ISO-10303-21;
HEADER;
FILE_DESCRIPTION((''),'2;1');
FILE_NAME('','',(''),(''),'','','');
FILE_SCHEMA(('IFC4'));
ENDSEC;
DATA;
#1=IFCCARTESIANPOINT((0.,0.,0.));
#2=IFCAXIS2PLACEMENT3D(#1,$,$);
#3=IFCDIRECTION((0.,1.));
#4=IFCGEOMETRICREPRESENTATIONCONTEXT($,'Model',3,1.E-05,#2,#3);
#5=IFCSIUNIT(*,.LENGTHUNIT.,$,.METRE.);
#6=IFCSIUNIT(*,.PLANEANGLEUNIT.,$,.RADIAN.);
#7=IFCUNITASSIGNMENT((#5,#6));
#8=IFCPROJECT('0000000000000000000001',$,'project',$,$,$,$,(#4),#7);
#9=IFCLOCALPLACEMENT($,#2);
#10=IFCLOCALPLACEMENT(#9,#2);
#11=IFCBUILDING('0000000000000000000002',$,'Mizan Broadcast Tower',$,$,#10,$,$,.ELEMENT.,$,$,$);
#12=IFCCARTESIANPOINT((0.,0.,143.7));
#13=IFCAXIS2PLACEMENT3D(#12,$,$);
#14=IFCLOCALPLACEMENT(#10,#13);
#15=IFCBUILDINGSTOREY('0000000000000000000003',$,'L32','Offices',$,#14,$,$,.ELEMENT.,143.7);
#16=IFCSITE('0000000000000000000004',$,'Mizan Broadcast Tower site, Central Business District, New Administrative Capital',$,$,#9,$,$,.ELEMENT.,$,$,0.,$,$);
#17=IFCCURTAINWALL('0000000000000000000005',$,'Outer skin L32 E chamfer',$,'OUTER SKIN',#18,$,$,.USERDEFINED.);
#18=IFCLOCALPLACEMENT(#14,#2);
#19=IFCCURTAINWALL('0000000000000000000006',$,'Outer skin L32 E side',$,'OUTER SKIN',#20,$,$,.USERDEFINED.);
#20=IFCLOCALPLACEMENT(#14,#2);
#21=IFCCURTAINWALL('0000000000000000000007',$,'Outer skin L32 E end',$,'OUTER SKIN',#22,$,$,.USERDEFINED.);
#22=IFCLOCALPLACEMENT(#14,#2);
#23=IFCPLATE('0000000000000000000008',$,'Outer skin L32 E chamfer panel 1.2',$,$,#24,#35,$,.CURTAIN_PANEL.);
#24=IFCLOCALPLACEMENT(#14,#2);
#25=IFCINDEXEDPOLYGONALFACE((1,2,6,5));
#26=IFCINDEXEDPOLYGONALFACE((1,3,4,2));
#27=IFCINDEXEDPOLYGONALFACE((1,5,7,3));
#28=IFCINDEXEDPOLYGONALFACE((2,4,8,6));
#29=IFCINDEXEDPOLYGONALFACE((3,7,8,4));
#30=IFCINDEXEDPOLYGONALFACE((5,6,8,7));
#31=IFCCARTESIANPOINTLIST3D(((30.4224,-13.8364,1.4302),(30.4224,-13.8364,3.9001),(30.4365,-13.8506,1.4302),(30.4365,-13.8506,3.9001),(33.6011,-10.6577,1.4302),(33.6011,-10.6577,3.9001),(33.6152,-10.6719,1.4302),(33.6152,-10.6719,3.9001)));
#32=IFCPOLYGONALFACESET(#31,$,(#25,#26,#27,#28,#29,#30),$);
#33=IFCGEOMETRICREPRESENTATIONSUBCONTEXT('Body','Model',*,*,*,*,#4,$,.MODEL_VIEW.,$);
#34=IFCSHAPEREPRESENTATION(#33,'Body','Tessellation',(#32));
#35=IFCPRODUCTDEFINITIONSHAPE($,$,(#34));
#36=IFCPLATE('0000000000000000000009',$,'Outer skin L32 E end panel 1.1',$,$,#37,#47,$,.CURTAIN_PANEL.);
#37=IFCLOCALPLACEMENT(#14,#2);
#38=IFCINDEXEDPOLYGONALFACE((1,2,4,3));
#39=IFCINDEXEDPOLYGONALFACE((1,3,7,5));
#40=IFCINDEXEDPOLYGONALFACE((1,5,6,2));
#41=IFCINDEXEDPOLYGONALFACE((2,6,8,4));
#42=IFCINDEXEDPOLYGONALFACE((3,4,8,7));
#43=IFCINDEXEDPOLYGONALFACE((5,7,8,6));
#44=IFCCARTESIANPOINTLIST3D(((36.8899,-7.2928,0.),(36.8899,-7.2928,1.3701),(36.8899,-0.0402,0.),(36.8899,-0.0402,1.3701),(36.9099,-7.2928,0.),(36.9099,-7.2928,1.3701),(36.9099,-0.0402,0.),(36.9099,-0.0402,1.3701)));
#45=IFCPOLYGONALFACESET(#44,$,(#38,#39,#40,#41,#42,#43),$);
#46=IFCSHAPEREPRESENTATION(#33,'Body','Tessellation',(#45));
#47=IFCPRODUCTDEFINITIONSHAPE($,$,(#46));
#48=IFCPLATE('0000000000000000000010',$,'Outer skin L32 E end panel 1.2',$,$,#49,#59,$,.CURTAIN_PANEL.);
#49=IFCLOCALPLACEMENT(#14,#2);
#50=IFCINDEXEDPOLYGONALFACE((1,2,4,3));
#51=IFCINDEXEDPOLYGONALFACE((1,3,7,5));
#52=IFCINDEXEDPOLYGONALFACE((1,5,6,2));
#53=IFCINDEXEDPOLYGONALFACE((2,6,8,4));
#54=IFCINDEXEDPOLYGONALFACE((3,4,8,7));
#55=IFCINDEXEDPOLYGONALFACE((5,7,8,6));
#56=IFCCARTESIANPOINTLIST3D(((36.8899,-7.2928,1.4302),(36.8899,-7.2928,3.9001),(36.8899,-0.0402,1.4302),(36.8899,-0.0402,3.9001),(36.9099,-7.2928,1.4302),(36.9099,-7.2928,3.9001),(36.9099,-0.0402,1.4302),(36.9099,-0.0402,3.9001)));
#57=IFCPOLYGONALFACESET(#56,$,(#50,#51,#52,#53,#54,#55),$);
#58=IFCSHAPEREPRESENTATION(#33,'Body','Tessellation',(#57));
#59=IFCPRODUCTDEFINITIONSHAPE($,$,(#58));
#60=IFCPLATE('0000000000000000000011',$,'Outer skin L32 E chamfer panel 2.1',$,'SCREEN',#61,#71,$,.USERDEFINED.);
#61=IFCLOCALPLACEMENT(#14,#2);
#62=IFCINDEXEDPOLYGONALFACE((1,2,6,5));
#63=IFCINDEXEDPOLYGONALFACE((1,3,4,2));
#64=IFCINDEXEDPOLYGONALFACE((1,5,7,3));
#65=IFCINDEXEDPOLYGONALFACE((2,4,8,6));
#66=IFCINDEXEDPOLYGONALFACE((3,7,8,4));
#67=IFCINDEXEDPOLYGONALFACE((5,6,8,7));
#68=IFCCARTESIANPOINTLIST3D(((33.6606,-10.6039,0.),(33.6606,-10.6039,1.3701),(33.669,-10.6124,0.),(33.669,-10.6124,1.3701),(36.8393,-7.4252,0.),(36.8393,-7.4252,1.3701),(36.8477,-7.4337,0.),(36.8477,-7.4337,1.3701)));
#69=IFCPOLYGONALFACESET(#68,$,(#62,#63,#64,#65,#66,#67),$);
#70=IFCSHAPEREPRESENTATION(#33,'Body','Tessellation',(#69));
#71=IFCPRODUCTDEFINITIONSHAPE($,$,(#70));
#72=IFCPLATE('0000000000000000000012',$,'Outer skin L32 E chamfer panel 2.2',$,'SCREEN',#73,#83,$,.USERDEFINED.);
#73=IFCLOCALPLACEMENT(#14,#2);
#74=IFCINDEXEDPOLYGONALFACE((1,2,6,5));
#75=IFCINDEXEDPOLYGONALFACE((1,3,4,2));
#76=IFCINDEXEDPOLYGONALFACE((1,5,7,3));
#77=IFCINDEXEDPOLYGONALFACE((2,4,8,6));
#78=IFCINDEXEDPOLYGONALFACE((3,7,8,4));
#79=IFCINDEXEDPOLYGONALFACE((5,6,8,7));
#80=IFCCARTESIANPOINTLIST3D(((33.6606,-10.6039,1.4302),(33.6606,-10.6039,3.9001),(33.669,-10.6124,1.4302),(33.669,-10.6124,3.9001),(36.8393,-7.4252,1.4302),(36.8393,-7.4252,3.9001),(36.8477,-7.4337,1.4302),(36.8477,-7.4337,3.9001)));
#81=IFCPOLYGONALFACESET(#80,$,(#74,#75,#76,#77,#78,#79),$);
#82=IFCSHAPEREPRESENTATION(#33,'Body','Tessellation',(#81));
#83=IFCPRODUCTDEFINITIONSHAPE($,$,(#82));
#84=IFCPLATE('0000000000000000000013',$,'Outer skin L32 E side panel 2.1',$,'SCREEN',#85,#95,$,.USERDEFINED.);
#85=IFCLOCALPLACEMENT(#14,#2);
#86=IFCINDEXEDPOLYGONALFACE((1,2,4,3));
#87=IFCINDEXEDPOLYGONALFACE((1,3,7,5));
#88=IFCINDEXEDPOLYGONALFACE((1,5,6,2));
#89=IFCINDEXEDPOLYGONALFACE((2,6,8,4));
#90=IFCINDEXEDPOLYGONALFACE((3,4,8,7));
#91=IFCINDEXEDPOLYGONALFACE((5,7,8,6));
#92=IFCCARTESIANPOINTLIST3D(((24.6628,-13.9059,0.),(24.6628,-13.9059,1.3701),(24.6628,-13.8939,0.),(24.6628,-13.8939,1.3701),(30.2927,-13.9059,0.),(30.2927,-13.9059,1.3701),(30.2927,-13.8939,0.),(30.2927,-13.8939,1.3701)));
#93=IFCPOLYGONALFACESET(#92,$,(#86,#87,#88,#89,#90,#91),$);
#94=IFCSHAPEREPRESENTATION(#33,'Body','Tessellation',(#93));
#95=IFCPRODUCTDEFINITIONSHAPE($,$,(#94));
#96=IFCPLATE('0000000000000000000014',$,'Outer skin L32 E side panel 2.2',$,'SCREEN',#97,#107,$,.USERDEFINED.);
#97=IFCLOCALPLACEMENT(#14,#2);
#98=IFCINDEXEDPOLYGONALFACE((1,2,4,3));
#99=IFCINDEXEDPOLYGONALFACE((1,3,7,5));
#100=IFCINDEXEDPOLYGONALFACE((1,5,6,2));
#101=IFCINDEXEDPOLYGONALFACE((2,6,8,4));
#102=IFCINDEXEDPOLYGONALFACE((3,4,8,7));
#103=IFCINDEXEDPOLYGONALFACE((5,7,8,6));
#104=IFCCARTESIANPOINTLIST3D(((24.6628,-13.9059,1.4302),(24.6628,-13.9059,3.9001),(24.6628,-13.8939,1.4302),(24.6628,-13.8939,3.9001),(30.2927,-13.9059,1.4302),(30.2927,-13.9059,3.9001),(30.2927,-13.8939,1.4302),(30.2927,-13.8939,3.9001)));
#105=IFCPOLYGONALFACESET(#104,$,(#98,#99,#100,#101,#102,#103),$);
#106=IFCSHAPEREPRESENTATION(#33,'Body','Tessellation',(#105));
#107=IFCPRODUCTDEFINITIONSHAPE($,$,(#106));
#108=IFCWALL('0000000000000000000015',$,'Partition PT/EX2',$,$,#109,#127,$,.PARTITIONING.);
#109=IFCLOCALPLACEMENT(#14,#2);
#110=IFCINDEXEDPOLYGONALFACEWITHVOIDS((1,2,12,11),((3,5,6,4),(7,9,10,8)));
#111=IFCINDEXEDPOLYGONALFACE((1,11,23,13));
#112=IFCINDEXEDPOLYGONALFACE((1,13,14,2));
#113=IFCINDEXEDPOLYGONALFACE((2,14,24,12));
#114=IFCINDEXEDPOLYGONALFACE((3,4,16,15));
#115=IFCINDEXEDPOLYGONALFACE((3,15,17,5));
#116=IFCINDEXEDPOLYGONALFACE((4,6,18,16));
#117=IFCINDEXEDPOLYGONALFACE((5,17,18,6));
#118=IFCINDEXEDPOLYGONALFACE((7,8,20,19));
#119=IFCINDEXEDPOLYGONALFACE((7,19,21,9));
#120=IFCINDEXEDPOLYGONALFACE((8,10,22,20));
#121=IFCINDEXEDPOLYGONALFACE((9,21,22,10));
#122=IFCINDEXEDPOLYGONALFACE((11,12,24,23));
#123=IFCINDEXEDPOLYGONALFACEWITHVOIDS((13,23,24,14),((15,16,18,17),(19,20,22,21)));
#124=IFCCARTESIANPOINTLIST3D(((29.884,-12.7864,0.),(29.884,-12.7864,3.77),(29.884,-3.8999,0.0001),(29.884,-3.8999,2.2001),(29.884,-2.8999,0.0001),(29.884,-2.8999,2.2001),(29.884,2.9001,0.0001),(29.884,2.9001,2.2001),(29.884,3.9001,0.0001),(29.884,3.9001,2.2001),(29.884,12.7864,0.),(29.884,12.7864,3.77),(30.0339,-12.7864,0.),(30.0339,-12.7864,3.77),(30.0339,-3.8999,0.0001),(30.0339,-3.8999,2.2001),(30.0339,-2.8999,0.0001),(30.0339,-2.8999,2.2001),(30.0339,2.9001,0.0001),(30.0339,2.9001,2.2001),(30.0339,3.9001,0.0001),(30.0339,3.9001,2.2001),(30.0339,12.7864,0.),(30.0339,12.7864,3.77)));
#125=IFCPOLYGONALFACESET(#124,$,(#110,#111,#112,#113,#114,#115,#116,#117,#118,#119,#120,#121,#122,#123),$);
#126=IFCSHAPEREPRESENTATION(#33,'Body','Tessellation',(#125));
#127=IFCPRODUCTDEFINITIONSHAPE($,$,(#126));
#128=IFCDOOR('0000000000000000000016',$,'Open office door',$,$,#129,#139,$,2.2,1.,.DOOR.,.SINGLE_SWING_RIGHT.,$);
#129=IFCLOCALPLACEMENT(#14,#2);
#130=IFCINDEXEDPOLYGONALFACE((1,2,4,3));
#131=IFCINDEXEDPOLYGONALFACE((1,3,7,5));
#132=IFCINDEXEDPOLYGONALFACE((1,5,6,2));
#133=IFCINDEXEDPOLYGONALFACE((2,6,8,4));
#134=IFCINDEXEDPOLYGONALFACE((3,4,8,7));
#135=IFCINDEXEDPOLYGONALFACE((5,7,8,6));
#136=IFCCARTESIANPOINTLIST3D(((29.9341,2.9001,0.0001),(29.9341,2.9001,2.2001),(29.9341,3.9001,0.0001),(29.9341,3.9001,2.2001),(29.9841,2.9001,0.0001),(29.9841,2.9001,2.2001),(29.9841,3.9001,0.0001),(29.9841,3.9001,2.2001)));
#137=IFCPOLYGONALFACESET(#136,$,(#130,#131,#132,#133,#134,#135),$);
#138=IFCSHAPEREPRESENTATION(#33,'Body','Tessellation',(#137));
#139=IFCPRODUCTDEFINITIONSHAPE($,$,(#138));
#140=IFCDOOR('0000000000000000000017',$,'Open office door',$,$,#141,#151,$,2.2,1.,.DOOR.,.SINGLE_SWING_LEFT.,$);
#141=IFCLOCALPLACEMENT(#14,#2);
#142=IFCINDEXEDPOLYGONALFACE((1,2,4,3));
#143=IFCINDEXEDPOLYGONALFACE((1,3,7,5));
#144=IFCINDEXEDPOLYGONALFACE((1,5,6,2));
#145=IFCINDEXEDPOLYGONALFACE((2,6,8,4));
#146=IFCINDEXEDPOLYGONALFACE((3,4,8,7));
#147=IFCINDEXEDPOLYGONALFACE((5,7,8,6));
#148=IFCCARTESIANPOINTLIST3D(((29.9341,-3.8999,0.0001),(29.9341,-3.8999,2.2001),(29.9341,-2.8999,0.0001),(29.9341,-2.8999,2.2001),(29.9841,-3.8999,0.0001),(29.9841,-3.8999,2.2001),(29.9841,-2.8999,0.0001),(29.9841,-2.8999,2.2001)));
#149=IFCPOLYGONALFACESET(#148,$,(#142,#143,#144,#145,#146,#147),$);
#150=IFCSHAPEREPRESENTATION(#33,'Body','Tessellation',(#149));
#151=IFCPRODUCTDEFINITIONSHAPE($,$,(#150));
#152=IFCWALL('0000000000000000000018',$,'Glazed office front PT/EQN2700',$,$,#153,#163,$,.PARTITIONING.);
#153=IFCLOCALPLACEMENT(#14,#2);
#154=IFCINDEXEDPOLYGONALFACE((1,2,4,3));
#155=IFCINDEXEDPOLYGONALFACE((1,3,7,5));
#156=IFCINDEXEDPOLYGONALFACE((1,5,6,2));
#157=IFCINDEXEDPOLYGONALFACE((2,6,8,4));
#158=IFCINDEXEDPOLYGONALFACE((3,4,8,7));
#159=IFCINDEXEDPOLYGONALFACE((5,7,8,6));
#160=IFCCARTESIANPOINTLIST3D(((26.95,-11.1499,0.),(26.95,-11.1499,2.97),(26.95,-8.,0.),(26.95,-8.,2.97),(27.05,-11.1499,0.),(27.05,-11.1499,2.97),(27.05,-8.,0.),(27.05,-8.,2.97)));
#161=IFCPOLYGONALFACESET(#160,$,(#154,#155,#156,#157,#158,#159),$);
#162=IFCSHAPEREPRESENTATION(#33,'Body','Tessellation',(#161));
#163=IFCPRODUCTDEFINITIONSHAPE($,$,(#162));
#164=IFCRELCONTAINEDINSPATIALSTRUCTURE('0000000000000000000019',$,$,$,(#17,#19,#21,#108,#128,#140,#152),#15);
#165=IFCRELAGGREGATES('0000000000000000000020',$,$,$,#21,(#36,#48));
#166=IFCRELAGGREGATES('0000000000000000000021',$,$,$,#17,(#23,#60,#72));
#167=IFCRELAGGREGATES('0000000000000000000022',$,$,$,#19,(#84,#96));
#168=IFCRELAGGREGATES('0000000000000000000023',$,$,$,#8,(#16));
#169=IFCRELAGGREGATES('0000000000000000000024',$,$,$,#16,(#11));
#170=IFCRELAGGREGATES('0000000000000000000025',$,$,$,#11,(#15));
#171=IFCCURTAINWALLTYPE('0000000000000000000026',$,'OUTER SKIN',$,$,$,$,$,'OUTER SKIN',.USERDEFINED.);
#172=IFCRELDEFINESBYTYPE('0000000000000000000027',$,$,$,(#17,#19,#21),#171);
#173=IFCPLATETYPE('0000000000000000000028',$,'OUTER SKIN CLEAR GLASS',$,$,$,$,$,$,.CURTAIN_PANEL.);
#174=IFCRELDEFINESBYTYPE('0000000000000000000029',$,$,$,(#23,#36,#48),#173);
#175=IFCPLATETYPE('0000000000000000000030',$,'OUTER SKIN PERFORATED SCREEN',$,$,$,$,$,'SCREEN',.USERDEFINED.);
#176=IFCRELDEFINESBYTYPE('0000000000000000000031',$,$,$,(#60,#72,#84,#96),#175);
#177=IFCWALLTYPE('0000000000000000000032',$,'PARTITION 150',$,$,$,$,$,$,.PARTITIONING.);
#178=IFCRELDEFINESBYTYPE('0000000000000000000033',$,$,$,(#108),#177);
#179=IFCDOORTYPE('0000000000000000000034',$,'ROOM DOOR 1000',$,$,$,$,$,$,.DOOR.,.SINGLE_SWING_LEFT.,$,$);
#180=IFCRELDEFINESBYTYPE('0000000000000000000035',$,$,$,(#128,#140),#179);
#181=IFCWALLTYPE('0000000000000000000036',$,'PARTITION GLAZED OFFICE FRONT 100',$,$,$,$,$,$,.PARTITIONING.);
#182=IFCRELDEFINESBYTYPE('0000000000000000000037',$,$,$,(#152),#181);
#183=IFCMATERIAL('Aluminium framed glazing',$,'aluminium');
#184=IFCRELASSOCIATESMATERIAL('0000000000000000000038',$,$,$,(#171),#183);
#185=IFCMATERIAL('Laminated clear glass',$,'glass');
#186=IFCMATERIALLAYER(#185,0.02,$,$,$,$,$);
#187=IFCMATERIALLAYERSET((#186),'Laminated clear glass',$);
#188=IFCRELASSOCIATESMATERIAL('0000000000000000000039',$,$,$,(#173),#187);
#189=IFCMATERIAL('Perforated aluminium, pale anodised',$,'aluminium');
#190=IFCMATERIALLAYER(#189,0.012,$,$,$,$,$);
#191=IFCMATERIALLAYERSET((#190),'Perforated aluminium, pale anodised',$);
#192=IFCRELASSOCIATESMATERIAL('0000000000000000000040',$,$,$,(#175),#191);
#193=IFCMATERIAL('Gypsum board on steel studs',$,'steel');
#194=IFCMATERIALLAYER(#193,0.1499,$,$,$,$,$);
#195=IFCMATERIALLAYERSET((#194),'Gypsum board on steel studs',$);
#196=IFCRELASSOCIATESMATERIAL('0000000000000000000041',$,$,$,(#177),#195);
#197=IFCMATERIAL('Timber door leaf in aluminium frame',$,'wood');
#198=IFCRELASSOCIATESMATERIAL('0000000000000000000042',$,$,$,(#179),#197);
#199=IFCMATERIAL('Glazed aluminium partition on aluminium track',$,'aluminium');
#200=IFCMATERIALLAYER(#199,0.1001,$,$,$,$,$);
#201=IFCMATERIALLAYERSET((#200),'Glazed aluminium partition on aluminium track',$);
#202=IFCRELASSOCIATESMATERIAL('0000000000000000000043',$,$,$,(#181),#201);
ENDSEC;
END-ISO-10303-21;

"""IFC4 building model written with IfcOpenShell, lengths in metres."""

from ifc_helpers import new_model, si_unit, direction, frame, frame_2d, origin, origin_2d, place, context, subcontext, project, spatial, rectangle, extrude, material, layer, layer_set, type_object, element, fill, aggregate, save


model = new_model("IFC4")

# Units and contexts
model_context = context("Model", 3, precision=1e-05, world=origin(), true_north=direction((0.0, 1.0)))
body_context = subcontext(model_context, "Body", "Model", "MODEL_VIEW")
ifc_project = project(units=[si_unit("LENGTHUNIT", "METRE"), si_unit("PLANEANGLEUNIT", "RADIAN")], contexts=[model_context])

# Site, building, storey
site_placement = place(None, origin())
site = spatial("IfcSite", under=ifc_project, at=site_placement, Name="Mizan Broadcast Tower site, Central Business District, New Administrative Capital", CompositionType="ELEMENT", RefElevation=0.0)
building_placement = place(site_placement, origin())
building = spatial("IfcBuilding", under=site, at=building_placement, Name="Mizan Broadcast Tower", CompositionType="ELEMENT")
storey_placement = place(building_placement, frame((0.0, 0.0, 143.7)))
storey = spatial("IfcBuildingStorey", under=building, at=storey_placement, Name="L32", Description="Offices", CompositionType="ELEMENT", Elevation=143.7)

# Curtain wall
ifc_material_1 = material(Name="Aluminium framed glazing", Category="aluminium")
curtain_wall_type_1 = type_object("IfcCurtainWallType", Name="OUTER SKIN", ElementType="OUTER SKIN", PredefinedType="USERDEFINED", material=ifc_material_1)
curtain_wall_1_placement = place(storey_placement, origin())
curtain_wall_1 = element("IfcCurtainWall", 1, at=curtain_wall_1_placement, inside=storey, type_object=curtain_wall_type_1, Name="Outer skin L32 E chamfer", ObjectType="OUTER SKIN", PredefinedType="USERDEFINED")

# Curtain wall
curtain_wall_2_placement = place(storey_placement, origin())
curtain_wall_2 = element("IfcCurtainWall", 2, at=curtain_wall_2_placement, inside=storey, type_object=curtain_wall_type_1, Name="Outer skin L32 E side", ObjectType="OUTER SKIN", PredefinedType="USERDEFINED")

# Curtain wall
curtain_wall_3_placement = place(storey_placement, origin())
curtain_wall_3 = element("IfcCurtainWall", 3, at=curtain_wall_3_placement, inside=storey, type_object=curtain_wall_type_1, Name="Outer skin L32 E end", ObjectType="OUTER SKIN", PredefinedType="USERDEFINED")

# Plates
ifc_material_2 = material(Name="Laminated clear glass", Category="glass")
ifc_layer_1 = layer(ifc_material_2, 0.02)
ifc_layer_set_1 = layer_set([ifc_layer_1], Name="Laminated clear glass")
plate_type_1 = type_object("IfcPlateType", Name="OUTER SKIN CLEAR GLASS", PredefinedType="CURTAIN_PANEL", material=ifc_layer_set_1)
plate_1_placement = place(storey_placement, frame((32.0188, -12.2542, 1.4302), z_axis=(0.0, 0.0, 1.0), x_axis=(0.707107, 0.707107, 0.0)))
plate_1 = element("IfcPlate", 4, at=plate_1_placement, type_object=plate_type_1, Name="Outer skin L32 E chamfer panel 1.2", PredefinedType="CURTAIN_PANEL", context=body_context, shape_type="SweptSolid", body=[
    extrude(rectangle(XDim=4.4954, YDim=0.02, at=origin_2d()), origin(), (0.0, 0.0, 1.0), 2.47),
])
plate_2_placement = place(storey_placement, frame((36.8999, -3.6665, 0.0), z_axis=(0.0, 0.0, 1.0), x_axis=(0.0, 1.0, 0.0)))
plate_2 = element("IfcPlate", 5, at=plate_2_placement, type_object=plate_type_1, Name="Outer skin L32 E end panel 1.1", PredefinedType="CURTAIN_PANEL", context=body_context, shape_type="SweptSolid", body=[
    extrude(rectangle(XDim=7.2527, YDim=0.02, at=origin_2d()), origin(), (0.0, 0.0, 1.0), 1.3701),
])
plate_3_placement = place(storey_placement, frame((36.8999, -3.6665, 1.4302), z_axis=(0.0, 0.0, 1.0), x_axis=(0.0, 1.0, 0.0)))
plate_3 = element("IfcPlate", 6, at=plate_3_placement, type_object=plate_type_1, Name="Outer skin L32 E end panel 1.2", PredefinedType="CURTAIN_PANEL", context=body_context, shape_type="SweptSolid", body=[
    extrude(rectangle(XDim=7.2527, YDim=0.02, at=origin_2d()), origin(), (0.0, 0.0, 1.0), 2.47),
])
aggregate(curtain_wall_3, [plate_2, plate_3])
ifc_material_3 = material(Name="Perforated aluminium, pale anodised", Category="aluminium")
ifc_layer_2 = layer(ifc_material_3, 0.012)
ifc_layer_set_2 = layer_set([ifc_layer_2], Name="Perforated aluminium, pale anodised")
plate_type_2 = type_object("IfcPlateType", Name="OUTER SKIN PERFORATED SCREEN", ElementType="SCREEN", PredefinedType="USERDEFINED", material=ifc_layer_set_2)
plate_4_placement = place(storey_placement, frame((35.2542, -9.0188, 0.0), z_axis=(0.0, 0.0, 1.0), x_axis=(0.707107, 0.707107, 0.0)))
plate_4 = element("IfcPlate", 7, at=plate_4_placement, type_object=plate_type_2, Name="Outer skin L32 E chamfer panel 2.1", ObjectType="SCREEN", PredefinedType="USERDEFINED", context=body_context, shape_type="SweptSolid", body=[
    extrude(rectangle(XDim=4.4954, YDim=0.012, at=origin_2d()), origin(), (0.0, 0.0, 1.0), 1.3701),
])
plate_5_placement = place(storey_placement, frame((35.2542, -9.0188, 1.4302), z_axis=(0.0, 0.0, 1.0), x_axis=(0.707107, 0.707107, 0.0)))
plate_5 = element("IfcPlate", 8, at=plate_5_placement, type_object=plate_type_2, Name="Outer skin L32 E chamfer panel 2.2", ObjectType="SCREEN", PredefinedType="USERDEFINED", context=body_context, shape_type="SweptSolid", body=[
    extrude(rectangle(XDim=4.4954, YDim=0.012, at=origin_2d()), origin(), (0.0, 0.0, 1.0), 2.47),
])
aggregate(curtain_wall_1, [plate_1, plate_4, plate_5])
plate_6_placement = place(storey_placement, frame((27.4778, -13.8999, 0.0), z_axis=(0.0, 0.0, 1.0), x_axis=(1.0, 0.0, 0.0)))
plate_6 = element("IfcPlate", 9, at=plate_6_placement, type_object=plate_type_2, Name="Outer skin L32 E side panel 2.1", ObjectType="SCREEN", PredefinedType="USERDEFINED", context=body_context, shape_type="SweptSolid", body=[
    extrude(rectangle(XDim=5.6299, YDim=0.012, at=origin_2d()), origin(), (0.0, 0.0, 1.0), 1.3701),
])
plate_7_placement = place(storey_placement, frame((27.4778, -13.8999, 1.4302), z_axis=(0.0, 0.0, 1.0), x_axis=(1.0, 0.0, 0.0)))
plate_7 = element("IfcPlate", 10, at=plate_7_placement, type_object=plate_type_2, Name="Outer skin L32 E side panel 2.2", ObjectType="SCREEN", PredefinedType="USERDEFINED", context=body_context, shape_type="SweptSolid", body=[
    extrude(rectangle(XDim=5.6299, YDim=0.012, at=origin_2d()), origin(), (0.0, 0.0, 1.0), 2.47),
])
aggregate(curtain_wall_2, [plate_6, plate_7])

# Wall, openings, doors
ifc_material_4 = material(Name="Gypsum board on steel studs", Category="steel")
ifc_layer_3 = layer(ifc_material_4, 0.1499)
ifc_layer_set_3 = layer_set([ifc_layer_3], Name="Gypsum board on steel studs")
wall_type_1 = type_object("IfcWallType", Name="PARTITION 150", PredefinedType="PARTITIONING", material=ifc_layer_set_3)
wall_1_placement = place(storey_placement, frame((29.959, -12.7864, 0.0), z_axis=(0.0, 0.0, 1.0), x_axis=(0.0, 1.0, 0.0)))
wall_1 = element("IfcWall", 11, at=wall_1_placement, inside=storey, type_object=wall_type_1, Name="Partition PT/EX2", PredefinedType="PARTITIONING", context=body_context, shape_type="SweptSolid", body=[
    extrude(rectangle(XDim=25.5728, YDim=0.1499, at=frame_2d((12.7864, 0.0))), origin(), (0.0, 0.0, 1.0), 3.77),
])
opening_1_placement = place(wall_1_placement, frame((15.6865, 0.0, 0.0)))
opening_1 = element("IfcOpeningElement", 12, at=opening_1_placement, cuts=wall_1, PredefinedType="OPENING", context=body_context, shape_type="SweptSolid", body=[
    extrude(rectangle(XDim=1.0, YDim=2.2, at=frame_2d((0.5, 1.1001))), frame((0.0, 0.085, 0.0), z_axis=(0.0, -1.0, 0.0), x_axis=(1.0, 0.0, 0.0)), (0.0, 0.0, 1.0), 0.1699),
])
opening_2_placement = place(wall_1_placement, frame((8.8865, 0.0, 0.0)))
opening_2 = element("IfcOpeningElement", 13, at=opening_2_placement, cuts=wall_1, PredefinedType="OPENING", context=body_context, shape_type="SweptSolid", body=[
    extrude(rectangle(XDim=1.0, YDim=2.2, at=frame_2d((0.5, 1.1001))), frame((0.0, 0.085, 0.0), z_axis=(0.0, -1.0, 0.0), x_axis=(1.0, 0.0, 0.0)), (0.0, 0.0, 1.0), 0.1699),
])
ifc_material_5 = material(Name="Timber door leaf in aluminium frame", Category="wood")
door_type = type_object("IfcDoorType", Name="ROOM DOOR 1000", OperationType="SINGLE_SWING_LEFT", PredefinedType="DOOR", material=ifc_material_5)
door_1_placement = place(opening_1_placement, origin())
door_1 = element("IfcDoor", 14, at=door_1_placement, inside=storey, type_object=door_type, Name="Open office door", OperationType="SINGLE_SWING_RIGHT", OverallHeight=2.2, OverallWidth=1.0, PredefinedType="DOOR", context=body_context, shape_type="SweptSolid", body=[
    extrude(rectangle(XDim=1.0, YDim=2.2, at=frame_2d((0.5, 1.1001))), frame((0.0, 0.0249, 0.0), z_axis=(0.0, -1.0, 0.0), x_axis=(1.0, 0.0, 0.0)), (0.0, 0.0, 1.0), 0.05),
])
fill(opening_1, door_1)
door_2_placement = place(opening_2_placement, origin())
door_2 = element("IfcDoor", 15, at=door_2_placement, inside=storey, type_object=door_type, Name="Open office door", OperationType="SINGLE_SWING_LEFT", OverallHeight=2.2, OverallWidth=1.0, PredefinedType="DOOR", context=body_context, shape_type="SweptSolid", body=[
    extrude(rectangle(XDim=1.0, YDim=2.2, at=frame_2d((0.5, 1.1001))), frame((0.0, 0.0249, 0.0), z_axis=(0.0, -1.0, 0.0), x_axis=(1.0, 0.0, 0.0)), (0.0, 0.0, 1.0), 0.05),
])
fill(opening_2, door_2)

# Wall
ifc_material_6 = material(Name="Glazed aluminium partition on aluminium track", Category="aluminium")
ifc_layer_4 = layer(ifc_material_6, 0.1001)
ifc_layer_set_4 = layer_set([ifc_layer_4], Name="Glazed aluminium partition on aluminium track")
wall_type_2 = type_object("IfcWallType", Name="PARTITION GLAZED OFFICE FRONT 100", PredefinedType="PARTITIONING", material=ifc_layer_set_4)
wall_2_placement = place(storey_placement, frame((27.0, -8.0, 0.0), z_axis=(0.0, 0.0, 1.0), x_axis=(0.0, -1.0, 0.0)))
element("IfcWall", 16, at=wall_2_placement, inside=storey, type_object=wall_type_2, Name="Glazed office front PT/EQN2700", PredefinedType="PARTITIONING", context=body_context, shape_type="SweptSolid", body=[
    extrude(rectangle(XDim=3.1499, YDim=0.1001, at=frame_2d((1.575, 0.0))), origin(), (0.0, 0.0, 1.0), 2.97),
])

save(model, "model.ifc")
